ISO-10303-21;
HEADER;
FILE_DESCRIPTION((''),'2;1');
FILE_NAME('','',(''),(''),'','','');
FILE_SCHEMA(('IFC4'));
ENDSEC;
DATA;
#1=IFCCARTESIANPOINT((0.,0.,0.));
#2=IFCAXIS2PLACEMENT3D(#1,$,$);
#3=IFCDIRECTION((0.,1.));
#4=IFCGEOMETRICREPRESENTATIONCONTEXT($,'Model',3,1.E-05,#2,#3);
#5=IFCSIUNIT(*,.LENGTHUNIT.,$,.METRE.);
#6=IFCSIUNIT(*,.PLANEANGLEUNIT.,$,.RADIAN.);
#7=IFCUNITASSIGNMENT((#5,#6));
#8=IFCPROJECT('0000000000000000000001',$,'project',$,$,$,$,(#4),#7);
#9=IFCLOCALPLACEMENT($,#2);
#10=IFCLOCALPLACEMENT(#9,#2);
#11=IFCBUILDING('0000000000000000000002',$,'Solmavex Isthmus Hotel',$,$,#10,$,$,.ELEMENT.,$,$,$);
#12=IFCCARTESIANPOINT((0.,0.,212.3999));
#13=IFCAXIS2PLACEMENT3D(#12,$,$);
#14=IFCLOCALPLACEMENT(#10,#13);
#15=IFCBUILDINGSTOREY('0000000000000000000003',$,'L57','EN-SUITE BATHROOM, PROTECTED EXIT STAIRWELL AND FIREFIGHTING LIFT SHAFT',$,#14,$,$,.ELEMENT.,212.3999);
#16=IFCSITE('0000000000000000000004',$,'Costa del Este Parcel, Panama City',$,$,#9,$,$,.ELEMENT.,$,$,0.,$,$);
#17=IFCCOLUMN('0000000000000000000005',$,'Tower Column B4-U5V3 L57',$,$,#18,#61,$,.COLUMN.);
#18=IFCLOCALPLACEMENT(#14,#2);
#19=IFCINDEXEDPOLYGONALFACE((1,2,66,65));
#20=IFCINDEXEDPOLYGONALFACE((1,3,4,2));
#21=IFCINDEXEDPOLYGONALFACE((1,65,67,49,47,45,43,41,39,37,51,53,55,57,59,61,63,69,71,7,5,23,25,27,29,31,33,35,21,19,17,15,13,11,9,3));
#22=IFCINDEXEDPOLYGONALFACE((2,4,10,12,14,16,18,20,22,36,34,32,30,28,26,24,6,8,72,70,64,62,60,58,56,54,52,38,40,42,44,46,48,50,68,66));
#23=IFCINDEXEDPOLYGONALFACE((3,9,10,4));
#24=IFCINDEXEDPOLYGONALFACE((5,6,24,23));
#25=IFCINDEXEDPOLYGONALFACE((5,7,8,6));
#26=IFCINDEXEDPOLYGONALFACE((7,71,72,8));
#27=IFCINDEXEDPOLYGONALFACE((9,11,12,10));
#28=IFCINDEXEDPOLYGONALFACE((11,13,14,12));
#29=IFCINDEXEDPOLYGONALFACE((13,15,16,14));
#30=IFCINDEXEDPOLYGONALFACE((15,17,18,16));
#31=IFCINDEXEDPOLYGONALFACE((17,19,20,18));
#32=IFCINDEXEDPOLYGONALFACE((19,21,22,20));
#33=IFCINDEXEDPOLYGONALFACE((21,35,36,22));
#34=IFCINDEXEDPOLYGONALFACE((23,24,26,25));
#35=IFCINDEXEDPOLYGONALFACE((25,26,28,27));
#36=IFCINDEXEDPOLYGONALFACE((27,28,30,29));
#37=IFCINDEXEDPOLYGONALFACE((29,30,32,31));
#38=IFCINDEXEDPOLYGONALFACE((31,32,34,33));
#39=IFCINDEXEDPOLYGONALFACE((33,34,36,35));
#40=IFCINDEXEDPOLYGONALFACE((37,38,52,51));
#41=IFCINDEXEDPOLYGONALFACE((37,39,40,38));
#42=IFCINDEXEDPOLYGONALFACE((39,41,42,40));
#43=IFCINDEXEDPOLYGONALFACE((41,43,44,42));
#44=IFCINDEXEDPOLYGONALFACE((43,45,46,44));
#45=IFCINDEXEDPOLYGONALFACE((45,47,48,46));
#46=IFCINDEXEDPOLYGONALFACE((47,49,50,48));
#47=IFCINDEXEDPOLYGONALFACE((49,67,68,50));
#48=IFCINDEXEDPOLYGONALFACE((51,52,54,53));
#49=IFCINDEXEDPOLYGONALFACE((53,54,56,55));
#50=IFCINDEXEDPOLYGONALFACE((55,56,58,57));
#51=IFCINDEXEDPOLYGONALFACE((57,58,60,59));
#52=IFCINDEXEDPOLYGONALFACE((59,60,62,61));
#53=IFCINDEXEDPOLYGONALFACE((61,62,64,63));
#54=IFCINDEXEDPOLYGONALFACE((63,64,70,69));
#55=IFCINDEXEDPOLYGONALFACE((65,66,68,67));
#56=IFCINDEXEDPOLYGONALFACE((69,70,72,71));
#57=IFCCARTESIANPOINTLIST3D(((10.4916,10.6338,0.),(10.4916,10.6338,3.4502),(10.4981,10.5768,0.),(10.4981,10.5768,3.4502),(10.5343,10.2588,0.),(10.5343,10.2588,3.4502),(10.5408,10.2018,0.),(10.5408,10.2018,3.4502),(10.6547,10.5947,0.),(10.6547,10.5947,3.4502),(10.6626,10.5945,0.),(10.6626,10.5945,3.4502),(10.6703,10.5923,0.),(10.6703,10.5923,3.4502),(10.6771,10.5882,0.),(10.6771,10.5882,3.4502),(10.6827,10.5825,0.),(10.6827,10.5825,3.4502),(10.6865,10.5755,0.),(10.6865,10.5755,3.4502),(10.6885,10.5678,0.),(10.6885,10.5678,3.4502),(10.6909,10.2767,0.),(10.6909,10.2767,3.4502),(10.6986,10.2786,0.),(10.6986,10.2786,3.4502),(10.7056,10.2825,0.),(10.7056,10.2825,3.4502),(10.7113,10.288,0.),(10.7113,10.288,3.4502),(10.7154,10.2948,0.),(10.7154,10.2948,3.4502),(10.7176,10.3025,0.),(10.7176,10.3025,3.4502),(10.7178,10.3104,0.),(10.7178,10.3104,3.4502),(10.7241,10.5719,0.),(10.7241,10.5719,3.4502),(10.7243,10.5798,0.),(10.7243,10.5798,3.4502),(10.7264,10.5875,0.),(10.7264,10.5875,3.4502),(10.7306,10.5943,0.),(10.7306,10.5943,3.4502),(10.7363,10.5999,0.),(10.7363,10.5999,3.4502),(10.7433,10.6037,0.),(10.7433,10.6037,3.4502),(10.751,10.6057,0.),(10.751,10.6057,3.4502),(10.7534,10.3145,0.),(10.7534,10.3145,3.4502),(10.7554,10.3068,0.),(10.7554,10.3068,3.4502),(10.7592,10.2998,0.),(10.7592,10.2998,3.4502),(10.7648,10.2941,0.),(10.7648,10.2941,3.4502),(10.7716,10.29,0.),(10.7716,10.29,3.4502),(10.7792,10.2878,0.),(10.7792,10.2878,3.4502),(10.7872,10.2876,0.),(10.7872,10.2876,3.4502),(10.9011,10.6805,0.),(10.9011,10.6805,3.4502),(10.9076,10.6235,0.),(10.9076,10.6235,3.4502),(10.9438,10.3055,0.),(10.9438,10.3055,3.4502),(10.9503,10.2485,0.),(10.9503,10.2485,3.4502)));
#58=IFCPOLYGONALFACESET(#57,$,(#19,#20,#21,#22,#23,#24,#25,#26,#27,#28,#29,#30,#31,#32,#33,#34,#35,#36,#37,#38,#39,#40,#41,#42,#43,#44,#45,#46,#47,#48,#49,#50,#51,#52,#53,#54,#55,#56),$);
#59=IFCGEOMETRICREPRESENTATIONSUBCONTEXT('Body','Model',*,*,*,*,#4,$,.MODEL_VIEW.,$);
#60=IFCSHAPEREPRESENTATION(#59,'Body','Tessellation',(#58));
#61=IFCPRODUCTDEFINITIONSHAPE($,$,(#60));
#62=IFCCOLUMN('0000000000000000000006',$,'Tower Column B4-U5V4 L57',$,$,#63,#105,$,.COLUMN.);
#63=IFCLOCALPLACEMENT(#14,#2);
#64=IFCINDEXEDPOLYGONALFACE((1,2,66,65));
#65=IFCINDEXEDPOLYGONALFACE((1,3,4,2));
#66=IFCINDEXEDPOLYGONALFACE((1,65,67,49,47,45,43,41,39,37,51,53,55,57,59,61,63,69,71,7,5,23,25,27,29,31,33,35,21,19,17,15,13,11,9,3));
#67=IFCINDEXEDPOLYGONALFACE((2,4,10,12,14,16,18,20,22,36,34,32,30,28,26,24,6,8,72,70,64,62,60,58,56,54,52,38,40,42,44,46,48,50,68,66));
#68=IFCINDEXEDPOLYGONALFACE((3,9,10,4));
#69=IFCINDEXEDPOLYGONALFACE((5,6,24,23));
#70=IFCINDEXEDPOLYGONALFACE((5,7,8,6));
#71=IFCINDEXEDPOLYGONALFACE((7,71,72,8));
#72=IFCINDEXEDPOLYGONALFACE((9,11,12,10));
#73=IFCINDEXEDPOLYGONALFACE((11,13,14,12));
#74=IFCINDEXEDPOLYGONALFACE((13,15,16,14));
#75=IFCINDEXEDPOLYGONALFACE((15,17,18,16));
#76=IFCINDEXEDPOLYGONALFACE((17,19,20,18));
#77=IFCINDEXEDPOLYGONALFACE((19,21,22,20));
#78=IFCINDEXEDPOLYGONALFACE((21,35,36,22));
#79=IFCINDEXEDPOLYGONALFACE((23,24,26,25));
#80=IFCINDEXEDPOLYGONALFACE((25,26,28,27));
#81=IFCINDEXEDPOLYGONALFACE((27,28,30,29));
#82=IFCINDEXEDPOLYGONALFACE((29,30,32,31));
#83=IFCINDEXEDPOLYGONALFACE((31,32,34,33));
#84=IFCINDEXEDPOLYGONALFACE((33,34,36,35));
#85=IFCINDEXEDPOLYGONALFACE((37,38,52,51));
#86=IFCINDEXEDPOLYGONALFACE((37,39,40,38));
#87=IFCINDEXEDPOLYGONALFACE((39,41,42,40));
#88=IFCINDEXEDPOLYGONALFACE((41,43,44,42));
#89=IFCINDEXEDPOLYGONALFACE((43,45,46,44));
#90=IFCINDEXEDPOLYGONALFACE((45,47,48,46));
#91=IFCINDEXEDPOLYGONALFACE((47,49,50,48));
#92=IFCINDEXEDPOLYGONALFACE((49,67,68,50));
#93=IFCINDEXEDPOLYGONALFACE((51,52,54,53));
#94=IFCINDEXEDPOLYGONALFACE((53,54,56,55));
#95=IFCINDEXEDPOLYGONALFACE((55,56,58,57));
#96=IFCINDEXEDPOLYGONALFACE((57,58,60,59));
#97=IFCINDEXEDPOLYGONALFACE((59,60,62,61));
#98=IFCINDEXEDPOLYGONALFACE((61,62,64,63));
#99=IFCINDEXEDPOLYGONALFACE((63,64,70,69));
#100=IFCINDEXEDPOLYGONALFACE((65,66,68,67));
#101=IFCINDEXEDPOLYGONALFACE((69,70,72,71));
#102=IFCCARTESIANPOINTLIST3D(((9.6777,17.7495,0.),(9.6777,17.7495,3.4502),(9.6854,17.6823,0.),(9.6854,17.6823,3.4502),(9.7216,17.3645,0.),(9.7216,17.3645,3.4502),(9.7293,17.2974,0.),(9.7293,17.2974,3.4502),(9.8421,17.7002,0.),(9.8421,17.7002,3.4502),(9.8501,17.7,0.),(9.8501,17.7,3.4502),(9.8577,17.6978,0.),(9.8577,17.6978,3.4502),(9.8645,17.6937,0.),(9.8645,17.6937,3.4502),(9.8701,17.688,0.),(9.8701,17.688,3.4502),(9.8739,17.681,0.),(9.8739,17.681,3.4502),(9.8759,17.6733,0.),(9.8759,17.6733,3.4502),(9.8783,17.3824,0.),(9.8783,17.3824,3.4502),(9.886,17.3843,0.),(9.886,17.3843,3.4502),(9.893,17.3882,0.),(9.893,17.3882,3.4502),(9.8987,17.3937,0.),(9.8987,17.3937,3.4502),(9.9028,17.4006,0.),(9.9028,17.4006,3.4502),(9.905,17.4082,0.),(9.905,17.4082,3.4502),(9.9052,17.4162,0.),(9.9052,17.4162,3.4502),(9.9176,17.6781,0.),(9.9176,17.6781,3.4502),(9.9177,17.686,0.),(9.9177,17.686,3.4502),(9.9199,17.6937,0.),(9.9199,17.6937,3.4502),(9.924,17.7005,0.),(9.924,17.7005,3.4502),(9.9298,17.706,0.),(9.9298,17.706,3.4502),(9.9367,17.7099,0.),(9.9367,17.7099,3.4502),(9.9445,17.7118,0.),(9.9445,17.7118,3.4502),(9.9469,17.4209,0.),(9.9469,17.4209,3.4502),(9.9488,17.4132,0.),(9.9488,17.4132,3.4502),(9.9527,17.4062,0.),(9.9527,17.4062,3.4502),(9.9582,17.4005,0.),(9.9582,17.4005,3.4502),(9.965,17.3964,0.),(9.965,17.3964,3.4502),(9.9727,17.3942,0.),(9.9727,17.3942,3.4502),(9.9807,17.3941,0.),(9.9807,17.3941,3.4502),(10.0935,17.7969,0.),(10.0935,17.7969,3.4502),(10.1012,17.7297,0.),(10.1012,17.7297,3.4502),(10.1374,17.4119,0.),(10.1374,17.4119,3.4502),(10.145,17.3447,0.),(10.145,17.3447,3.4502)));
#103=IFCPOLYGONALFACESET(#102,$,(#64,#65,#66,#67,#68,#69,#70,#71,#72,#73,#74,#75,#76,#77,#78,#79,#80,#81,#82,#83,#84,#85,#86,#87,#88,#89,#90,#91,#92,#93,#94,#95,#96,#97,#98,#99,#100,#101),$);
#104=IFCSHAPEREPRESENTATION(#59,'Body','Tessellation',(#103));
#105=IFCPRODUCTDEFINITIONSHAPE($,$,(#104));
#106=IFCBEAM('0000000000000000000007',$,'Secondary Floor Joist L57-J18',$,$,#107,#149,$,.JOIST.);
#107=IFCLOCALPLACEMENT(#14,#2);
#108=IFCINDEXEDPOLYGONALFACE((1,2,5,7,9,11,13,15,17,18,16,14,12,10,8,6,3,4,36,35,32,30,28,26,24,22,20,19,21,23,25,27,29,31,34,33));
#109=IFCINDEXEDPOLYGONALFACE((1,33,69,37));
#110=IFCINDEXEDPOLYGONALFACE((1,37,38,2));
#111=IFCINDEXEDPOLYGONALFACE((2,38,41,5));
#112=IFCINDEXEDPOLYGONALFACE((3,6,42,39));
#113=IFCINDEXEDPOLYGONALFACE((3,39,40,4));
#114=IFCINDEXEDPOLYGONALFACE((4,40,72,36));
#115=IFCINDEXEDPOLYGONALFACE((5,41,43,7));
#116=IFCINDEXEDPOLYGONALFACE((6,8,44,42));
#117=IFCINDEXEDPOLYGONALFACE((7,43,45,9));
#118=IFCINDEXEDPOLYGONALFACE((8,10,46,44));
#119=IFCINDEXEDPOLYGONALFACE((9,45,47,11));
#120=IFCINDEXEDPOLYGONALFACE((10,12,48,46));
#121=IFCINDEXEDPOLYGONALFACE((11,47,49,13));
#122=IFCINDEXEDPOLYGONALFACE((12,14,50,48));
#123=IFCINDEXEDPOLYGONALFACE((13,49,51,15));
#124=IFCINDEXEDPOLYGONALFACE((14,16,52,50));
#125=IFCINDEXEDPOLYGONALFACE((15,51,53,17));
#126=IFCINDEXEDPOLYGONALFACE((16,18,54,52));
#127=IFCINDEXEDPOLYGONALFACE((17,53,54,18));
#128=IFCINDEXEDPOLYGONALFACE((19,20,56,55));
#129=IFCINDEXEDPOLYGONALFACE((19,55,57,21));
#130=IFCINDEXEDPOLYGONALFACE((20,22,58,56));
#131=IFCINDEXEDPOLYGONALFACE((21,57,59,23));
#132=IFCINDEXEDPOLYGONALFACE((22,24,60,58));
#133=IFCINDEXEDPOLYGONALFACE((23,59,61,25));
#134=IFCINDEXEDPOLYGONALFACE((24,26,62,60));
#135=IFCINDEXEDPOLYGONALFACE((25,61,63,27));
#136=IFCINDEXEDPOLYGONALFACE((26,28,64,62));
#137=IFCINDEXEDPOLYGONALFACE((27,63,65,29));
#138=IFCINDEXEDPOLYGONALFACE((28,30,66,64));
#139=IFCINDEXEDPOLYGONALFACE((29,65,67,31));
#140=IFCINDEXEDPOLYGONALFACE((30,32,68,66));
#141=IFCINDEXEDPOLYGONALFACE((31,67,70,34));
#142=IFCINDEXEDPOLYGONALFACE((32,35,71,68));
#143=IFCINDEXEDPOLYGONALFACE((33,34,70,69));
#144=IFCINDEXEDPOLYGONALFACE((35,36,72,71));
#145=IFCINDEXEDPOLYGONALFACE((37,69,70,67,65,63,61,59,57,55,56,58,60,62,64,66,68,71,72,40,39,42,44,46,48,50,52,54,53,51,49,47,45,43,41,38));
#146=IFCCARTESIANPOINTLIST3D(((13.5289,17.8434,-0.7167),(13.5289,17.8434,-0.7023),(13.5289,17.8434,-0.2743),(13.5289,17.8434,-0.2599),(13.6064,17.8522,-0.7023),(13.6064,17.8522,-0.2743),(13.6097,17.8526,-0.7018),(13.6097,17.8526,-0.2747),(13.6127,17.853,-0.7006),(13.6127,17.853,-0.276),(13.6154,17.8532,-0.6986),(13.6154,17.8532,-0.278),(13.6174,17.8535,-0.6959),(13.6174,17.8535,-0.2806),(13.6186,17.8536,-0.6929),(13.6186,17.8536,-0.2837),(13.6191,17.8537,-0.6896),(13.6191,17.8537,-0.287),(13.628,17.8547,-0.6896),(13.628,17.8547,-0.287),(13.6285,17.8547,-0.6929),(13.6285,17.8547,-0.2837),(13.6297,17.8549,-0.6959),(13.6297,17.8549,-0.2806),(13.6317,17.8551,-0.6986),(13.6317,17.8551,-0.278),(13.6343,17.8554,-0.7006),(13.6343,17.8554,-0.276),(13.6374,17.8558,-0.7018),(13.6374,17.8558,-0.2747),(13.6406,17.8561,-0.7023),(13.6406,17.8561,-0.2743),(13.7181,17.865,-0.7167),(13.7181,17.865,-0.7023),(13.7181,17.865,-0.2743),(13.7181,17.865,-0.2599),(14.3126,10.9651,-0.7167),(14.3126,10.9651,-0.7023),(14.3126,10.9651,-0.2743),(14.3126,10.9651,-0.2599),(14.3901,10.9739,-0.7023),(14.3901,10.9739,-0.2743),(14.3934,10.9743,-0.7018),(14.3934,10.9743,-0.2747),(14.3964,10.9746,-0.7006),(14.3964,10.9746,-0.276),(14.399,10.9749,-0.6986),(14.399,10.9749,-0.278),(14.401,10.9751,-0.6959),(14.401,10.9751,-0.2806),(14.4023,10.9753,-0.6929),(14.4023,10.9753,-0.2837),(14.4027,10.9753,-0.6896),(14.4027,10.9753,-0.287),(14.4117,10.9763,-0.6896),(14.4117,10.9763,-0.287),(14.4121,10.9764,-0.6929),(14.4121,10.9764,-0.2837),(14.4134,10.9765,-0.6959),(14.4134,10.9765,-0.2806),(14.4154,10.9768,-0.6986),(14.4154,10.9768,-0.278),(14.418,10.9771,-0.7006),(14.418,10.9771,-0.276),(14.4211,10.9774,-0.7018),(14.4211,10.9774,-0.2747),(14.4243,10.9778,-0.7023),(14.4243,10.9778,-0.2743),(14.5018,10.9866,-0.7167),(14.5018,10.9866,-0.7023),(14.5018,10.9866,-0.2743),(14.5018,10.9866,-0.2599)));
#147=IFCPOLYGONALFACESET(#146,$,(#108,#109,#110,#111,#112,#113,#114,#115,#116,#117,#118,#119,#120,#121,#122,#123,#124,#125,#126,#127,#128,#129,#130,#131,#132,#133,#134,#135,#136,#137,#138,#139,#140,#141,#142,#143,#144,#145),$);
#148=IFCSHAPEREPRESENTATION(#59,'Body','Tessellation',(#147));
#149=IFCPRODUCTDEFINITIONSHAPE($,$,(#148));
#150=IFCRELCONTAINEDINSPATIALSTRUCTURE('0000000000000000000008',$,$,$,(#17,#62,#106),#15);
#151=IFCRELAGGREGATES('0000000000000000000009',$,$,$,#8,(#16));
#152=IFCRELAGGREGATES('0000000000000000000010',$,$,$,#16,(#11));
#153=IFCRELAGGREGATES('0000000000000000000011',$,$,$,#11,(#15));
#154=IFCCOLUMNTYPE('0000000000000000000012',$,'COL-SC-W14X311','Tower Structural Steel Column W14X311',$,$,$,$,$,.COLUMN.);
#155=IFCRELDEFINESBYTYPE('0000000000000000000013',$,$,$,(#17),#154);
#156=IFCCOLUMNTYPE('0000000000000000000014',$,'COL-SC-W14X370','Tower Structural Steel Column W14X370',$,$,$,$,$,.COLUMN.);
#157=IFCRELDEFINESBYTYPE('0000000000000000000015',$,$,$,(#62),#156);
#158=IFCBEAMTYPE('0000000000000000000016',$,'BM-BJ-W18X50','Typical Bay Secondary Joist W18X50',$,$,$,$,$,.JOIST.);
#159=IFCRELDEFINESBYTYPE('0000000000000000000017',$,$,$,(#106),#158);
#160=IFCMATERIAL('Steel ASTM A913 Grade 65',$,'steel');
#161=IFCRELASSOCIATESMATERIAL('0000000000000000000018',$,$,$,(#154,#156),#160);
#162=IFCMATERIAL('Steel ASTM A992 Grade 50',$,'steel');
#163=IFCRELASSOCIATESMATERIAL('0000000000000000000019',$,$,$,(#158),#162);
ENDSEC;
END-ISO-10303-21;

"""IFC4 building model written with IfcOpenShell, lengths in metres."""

from ifc_helpers import new_model, si_unit, direction, frame, origin, origin_2d, place, context, subcontext, project, spatial, i_section, extrude, material, material_profile, profile_set, type_object, element, save


model = new_model("IFC4")

# Units and contexts
model_context = context("Model", 3, precision=1e-05, world=origin(), true_north=direction((0.0, 1.0)))
body_context = subcontext(model_context, "Body", "Model", "MODEL_VIEW")
ifc_project = project(units=[si_unit("LENGTHUNIT", "METRE"), si_unit("PLANEANGLEUNIT", "RADIAN")], contexts=[model_context])

# Site, building, storey
site_placement = place(None, origin())
site = spatial("IfcSite", under=ifc_project, at=site_placement, Name="Costa del Este Parcel, Panama City", CompositionType="ELEMENT", RefElevation=0.0)
building_placement = place(site_placement, origin())
building = spatial("IfcBuilding", under=site, at=building_placement, Name="Solmavex Isthmus Hotel", CompositionType="ELEMENT")
storey_placement = place(building_placement, frame((0.0, 0.0, 212.3999)))
storey = spatial("IfcBuildingStorey", under=building, at=storey_placement, Name="L57", Description="EN-SUITE BATHROOM, PROTECTED EXIT STAIRWELL AND FIREFIGHTING LIFT SHAFT", CompositionType="ELEMENT", Elevation=212.3999)

# Columns
ifc_material_1 = material(Name="Steel ASTM A913 Grade 65", Category="steel")
ifc_material_profile_1 = material_profile(ifc_material_1, i_section(OverallWidth=0.4121, OverallDepth=0.4348, WebThickness=0.0359, FlangeThickness=0.0574, FilletRadius=0.0305, at=origin_2d()), Name="W14X311")
ifc_profile_set_1 = profile_set([ifc_material_profile_1], Name="Steel ASTM A913 Grade 65")
column_type_1 = type_object("IfcColumnType", Name="COL-SC-W14X311", Description="Tower Structural Steel Column W14X311", PredefinedType="COLUMN", material=ifc_profile_set_1)
column_1_placement = place(storey_placement, frame((10.7209, 10.4412, 0.0), z_axis=(0.0, 0.0, 1.0), x_axis=(0.993572, 0.113203, 0.0)))
element("IfcColumn", 1, at=column_1_placement, inside=storey, type_object=column_type_1, Name="Tower Column B4-U5V3 L57", PredefinedType="COLUMN", context=body_context, shape_type="SweptSolid", body=[
    extrude(i_section(OverallWidth=0.4121, OverallDepth=0.4348, WebThickness=0.0359, FlangeThickness=0.0574, FilletRadius=0.0305, at=origin_2d()), origin(), (0.0, 0.0, 1.0), 3.4502),
])
ifc_material_profile_2 = material_profile(ifc_material_1, i_section(OverallWidth=0.4185, OverallDepth=0.4551, WebThickness=0.042, FlangeThickness=0.0676, FilletRadius=0.0305, at=origin_2d()), Name="W14X370")
ifc_profile_set_2 = profile_set([ifc_material_profile_2], Name="Steel ASTM A913 Grade 65")
column_type_2 = type_object("IfcColumnType", Name="COL-SC-W14X370", Description="Tower Structural Steel Column W14X370", PredefinedType="COLUMN", material=ifc_profile_set_2)
column_2_placement = place(storey_placement, frame((9.9114, 17.5471, 0.0), z_axis=(0.0, 0.0, 1.0), x_axis=(0.993572, 0.113203, 0.0)))
element("IfcColumn", 2, at=column_2_placement, inside=storey, type_object=column_type_2, Name="Tower Column B4-U5V4 L57", PredefinedType="COLUMN", context=body_context, shape_type="SweptSolid", body=[
    extrude(i_section(OverallWidth=0.4185, OverallDepth=0.4551, WebThickness=0.042, FlangeThickness=0.0676, FilletRadius=0.0305, at=origin_2d()), origin(), (0.0, 0.0, 1.0), 3.4502),
])

# Beam
ifc_material_2 = material(Name="Steel ASTM A992 Grade 50", Category="steel")
ifc_material_profile_3 = material_profile(ifc_material_2, i_section(OverallWidth=0.1904, OverallDepth=0.4568, WebThickness=0.009, FlangeThickness=0.0144, FilletRadius=0.0127, at=origin_2d()), Name="W18X50")
ifc_profile_set_3 = profile_set([ifc_material_profile_3], Name="Steel ASTM A992 Grade 50")
beam_type_1 = type_object("IfcBeamType", Name="BM-BJ-W18X50", Description="Typical Bay Secondary Joist W18X50", PredefinedType="JOIST", material=ifc_profile_set_3)
beam_1_placement = place(storey_placement, frame((14.4072, 10.9758, -0.4883), z_axis=(-0.113202, 0.993572, 0.0), x_axis=(-0.993572, -0.113202, 0.0)))
element("IfcBeam", 3, at=beam_1_placement, inside=storey, type_object=beam_type_1, Name="Secondary Floor Joist L57-J18", PredefinedType="JOIST", context=body_context, shape_type="SweptSolid", body=[
    extrude(i_section(OverallWidth=0.1904, OverallDepth=0.4568, WebThickness=0.009, FlangeThickness=0.0144, FilletRadius=0.0127, at=origin_2d()), origin(), (0.0, 0.0, 1.0), 6.9229),
])

save(model, "model.ifc")
